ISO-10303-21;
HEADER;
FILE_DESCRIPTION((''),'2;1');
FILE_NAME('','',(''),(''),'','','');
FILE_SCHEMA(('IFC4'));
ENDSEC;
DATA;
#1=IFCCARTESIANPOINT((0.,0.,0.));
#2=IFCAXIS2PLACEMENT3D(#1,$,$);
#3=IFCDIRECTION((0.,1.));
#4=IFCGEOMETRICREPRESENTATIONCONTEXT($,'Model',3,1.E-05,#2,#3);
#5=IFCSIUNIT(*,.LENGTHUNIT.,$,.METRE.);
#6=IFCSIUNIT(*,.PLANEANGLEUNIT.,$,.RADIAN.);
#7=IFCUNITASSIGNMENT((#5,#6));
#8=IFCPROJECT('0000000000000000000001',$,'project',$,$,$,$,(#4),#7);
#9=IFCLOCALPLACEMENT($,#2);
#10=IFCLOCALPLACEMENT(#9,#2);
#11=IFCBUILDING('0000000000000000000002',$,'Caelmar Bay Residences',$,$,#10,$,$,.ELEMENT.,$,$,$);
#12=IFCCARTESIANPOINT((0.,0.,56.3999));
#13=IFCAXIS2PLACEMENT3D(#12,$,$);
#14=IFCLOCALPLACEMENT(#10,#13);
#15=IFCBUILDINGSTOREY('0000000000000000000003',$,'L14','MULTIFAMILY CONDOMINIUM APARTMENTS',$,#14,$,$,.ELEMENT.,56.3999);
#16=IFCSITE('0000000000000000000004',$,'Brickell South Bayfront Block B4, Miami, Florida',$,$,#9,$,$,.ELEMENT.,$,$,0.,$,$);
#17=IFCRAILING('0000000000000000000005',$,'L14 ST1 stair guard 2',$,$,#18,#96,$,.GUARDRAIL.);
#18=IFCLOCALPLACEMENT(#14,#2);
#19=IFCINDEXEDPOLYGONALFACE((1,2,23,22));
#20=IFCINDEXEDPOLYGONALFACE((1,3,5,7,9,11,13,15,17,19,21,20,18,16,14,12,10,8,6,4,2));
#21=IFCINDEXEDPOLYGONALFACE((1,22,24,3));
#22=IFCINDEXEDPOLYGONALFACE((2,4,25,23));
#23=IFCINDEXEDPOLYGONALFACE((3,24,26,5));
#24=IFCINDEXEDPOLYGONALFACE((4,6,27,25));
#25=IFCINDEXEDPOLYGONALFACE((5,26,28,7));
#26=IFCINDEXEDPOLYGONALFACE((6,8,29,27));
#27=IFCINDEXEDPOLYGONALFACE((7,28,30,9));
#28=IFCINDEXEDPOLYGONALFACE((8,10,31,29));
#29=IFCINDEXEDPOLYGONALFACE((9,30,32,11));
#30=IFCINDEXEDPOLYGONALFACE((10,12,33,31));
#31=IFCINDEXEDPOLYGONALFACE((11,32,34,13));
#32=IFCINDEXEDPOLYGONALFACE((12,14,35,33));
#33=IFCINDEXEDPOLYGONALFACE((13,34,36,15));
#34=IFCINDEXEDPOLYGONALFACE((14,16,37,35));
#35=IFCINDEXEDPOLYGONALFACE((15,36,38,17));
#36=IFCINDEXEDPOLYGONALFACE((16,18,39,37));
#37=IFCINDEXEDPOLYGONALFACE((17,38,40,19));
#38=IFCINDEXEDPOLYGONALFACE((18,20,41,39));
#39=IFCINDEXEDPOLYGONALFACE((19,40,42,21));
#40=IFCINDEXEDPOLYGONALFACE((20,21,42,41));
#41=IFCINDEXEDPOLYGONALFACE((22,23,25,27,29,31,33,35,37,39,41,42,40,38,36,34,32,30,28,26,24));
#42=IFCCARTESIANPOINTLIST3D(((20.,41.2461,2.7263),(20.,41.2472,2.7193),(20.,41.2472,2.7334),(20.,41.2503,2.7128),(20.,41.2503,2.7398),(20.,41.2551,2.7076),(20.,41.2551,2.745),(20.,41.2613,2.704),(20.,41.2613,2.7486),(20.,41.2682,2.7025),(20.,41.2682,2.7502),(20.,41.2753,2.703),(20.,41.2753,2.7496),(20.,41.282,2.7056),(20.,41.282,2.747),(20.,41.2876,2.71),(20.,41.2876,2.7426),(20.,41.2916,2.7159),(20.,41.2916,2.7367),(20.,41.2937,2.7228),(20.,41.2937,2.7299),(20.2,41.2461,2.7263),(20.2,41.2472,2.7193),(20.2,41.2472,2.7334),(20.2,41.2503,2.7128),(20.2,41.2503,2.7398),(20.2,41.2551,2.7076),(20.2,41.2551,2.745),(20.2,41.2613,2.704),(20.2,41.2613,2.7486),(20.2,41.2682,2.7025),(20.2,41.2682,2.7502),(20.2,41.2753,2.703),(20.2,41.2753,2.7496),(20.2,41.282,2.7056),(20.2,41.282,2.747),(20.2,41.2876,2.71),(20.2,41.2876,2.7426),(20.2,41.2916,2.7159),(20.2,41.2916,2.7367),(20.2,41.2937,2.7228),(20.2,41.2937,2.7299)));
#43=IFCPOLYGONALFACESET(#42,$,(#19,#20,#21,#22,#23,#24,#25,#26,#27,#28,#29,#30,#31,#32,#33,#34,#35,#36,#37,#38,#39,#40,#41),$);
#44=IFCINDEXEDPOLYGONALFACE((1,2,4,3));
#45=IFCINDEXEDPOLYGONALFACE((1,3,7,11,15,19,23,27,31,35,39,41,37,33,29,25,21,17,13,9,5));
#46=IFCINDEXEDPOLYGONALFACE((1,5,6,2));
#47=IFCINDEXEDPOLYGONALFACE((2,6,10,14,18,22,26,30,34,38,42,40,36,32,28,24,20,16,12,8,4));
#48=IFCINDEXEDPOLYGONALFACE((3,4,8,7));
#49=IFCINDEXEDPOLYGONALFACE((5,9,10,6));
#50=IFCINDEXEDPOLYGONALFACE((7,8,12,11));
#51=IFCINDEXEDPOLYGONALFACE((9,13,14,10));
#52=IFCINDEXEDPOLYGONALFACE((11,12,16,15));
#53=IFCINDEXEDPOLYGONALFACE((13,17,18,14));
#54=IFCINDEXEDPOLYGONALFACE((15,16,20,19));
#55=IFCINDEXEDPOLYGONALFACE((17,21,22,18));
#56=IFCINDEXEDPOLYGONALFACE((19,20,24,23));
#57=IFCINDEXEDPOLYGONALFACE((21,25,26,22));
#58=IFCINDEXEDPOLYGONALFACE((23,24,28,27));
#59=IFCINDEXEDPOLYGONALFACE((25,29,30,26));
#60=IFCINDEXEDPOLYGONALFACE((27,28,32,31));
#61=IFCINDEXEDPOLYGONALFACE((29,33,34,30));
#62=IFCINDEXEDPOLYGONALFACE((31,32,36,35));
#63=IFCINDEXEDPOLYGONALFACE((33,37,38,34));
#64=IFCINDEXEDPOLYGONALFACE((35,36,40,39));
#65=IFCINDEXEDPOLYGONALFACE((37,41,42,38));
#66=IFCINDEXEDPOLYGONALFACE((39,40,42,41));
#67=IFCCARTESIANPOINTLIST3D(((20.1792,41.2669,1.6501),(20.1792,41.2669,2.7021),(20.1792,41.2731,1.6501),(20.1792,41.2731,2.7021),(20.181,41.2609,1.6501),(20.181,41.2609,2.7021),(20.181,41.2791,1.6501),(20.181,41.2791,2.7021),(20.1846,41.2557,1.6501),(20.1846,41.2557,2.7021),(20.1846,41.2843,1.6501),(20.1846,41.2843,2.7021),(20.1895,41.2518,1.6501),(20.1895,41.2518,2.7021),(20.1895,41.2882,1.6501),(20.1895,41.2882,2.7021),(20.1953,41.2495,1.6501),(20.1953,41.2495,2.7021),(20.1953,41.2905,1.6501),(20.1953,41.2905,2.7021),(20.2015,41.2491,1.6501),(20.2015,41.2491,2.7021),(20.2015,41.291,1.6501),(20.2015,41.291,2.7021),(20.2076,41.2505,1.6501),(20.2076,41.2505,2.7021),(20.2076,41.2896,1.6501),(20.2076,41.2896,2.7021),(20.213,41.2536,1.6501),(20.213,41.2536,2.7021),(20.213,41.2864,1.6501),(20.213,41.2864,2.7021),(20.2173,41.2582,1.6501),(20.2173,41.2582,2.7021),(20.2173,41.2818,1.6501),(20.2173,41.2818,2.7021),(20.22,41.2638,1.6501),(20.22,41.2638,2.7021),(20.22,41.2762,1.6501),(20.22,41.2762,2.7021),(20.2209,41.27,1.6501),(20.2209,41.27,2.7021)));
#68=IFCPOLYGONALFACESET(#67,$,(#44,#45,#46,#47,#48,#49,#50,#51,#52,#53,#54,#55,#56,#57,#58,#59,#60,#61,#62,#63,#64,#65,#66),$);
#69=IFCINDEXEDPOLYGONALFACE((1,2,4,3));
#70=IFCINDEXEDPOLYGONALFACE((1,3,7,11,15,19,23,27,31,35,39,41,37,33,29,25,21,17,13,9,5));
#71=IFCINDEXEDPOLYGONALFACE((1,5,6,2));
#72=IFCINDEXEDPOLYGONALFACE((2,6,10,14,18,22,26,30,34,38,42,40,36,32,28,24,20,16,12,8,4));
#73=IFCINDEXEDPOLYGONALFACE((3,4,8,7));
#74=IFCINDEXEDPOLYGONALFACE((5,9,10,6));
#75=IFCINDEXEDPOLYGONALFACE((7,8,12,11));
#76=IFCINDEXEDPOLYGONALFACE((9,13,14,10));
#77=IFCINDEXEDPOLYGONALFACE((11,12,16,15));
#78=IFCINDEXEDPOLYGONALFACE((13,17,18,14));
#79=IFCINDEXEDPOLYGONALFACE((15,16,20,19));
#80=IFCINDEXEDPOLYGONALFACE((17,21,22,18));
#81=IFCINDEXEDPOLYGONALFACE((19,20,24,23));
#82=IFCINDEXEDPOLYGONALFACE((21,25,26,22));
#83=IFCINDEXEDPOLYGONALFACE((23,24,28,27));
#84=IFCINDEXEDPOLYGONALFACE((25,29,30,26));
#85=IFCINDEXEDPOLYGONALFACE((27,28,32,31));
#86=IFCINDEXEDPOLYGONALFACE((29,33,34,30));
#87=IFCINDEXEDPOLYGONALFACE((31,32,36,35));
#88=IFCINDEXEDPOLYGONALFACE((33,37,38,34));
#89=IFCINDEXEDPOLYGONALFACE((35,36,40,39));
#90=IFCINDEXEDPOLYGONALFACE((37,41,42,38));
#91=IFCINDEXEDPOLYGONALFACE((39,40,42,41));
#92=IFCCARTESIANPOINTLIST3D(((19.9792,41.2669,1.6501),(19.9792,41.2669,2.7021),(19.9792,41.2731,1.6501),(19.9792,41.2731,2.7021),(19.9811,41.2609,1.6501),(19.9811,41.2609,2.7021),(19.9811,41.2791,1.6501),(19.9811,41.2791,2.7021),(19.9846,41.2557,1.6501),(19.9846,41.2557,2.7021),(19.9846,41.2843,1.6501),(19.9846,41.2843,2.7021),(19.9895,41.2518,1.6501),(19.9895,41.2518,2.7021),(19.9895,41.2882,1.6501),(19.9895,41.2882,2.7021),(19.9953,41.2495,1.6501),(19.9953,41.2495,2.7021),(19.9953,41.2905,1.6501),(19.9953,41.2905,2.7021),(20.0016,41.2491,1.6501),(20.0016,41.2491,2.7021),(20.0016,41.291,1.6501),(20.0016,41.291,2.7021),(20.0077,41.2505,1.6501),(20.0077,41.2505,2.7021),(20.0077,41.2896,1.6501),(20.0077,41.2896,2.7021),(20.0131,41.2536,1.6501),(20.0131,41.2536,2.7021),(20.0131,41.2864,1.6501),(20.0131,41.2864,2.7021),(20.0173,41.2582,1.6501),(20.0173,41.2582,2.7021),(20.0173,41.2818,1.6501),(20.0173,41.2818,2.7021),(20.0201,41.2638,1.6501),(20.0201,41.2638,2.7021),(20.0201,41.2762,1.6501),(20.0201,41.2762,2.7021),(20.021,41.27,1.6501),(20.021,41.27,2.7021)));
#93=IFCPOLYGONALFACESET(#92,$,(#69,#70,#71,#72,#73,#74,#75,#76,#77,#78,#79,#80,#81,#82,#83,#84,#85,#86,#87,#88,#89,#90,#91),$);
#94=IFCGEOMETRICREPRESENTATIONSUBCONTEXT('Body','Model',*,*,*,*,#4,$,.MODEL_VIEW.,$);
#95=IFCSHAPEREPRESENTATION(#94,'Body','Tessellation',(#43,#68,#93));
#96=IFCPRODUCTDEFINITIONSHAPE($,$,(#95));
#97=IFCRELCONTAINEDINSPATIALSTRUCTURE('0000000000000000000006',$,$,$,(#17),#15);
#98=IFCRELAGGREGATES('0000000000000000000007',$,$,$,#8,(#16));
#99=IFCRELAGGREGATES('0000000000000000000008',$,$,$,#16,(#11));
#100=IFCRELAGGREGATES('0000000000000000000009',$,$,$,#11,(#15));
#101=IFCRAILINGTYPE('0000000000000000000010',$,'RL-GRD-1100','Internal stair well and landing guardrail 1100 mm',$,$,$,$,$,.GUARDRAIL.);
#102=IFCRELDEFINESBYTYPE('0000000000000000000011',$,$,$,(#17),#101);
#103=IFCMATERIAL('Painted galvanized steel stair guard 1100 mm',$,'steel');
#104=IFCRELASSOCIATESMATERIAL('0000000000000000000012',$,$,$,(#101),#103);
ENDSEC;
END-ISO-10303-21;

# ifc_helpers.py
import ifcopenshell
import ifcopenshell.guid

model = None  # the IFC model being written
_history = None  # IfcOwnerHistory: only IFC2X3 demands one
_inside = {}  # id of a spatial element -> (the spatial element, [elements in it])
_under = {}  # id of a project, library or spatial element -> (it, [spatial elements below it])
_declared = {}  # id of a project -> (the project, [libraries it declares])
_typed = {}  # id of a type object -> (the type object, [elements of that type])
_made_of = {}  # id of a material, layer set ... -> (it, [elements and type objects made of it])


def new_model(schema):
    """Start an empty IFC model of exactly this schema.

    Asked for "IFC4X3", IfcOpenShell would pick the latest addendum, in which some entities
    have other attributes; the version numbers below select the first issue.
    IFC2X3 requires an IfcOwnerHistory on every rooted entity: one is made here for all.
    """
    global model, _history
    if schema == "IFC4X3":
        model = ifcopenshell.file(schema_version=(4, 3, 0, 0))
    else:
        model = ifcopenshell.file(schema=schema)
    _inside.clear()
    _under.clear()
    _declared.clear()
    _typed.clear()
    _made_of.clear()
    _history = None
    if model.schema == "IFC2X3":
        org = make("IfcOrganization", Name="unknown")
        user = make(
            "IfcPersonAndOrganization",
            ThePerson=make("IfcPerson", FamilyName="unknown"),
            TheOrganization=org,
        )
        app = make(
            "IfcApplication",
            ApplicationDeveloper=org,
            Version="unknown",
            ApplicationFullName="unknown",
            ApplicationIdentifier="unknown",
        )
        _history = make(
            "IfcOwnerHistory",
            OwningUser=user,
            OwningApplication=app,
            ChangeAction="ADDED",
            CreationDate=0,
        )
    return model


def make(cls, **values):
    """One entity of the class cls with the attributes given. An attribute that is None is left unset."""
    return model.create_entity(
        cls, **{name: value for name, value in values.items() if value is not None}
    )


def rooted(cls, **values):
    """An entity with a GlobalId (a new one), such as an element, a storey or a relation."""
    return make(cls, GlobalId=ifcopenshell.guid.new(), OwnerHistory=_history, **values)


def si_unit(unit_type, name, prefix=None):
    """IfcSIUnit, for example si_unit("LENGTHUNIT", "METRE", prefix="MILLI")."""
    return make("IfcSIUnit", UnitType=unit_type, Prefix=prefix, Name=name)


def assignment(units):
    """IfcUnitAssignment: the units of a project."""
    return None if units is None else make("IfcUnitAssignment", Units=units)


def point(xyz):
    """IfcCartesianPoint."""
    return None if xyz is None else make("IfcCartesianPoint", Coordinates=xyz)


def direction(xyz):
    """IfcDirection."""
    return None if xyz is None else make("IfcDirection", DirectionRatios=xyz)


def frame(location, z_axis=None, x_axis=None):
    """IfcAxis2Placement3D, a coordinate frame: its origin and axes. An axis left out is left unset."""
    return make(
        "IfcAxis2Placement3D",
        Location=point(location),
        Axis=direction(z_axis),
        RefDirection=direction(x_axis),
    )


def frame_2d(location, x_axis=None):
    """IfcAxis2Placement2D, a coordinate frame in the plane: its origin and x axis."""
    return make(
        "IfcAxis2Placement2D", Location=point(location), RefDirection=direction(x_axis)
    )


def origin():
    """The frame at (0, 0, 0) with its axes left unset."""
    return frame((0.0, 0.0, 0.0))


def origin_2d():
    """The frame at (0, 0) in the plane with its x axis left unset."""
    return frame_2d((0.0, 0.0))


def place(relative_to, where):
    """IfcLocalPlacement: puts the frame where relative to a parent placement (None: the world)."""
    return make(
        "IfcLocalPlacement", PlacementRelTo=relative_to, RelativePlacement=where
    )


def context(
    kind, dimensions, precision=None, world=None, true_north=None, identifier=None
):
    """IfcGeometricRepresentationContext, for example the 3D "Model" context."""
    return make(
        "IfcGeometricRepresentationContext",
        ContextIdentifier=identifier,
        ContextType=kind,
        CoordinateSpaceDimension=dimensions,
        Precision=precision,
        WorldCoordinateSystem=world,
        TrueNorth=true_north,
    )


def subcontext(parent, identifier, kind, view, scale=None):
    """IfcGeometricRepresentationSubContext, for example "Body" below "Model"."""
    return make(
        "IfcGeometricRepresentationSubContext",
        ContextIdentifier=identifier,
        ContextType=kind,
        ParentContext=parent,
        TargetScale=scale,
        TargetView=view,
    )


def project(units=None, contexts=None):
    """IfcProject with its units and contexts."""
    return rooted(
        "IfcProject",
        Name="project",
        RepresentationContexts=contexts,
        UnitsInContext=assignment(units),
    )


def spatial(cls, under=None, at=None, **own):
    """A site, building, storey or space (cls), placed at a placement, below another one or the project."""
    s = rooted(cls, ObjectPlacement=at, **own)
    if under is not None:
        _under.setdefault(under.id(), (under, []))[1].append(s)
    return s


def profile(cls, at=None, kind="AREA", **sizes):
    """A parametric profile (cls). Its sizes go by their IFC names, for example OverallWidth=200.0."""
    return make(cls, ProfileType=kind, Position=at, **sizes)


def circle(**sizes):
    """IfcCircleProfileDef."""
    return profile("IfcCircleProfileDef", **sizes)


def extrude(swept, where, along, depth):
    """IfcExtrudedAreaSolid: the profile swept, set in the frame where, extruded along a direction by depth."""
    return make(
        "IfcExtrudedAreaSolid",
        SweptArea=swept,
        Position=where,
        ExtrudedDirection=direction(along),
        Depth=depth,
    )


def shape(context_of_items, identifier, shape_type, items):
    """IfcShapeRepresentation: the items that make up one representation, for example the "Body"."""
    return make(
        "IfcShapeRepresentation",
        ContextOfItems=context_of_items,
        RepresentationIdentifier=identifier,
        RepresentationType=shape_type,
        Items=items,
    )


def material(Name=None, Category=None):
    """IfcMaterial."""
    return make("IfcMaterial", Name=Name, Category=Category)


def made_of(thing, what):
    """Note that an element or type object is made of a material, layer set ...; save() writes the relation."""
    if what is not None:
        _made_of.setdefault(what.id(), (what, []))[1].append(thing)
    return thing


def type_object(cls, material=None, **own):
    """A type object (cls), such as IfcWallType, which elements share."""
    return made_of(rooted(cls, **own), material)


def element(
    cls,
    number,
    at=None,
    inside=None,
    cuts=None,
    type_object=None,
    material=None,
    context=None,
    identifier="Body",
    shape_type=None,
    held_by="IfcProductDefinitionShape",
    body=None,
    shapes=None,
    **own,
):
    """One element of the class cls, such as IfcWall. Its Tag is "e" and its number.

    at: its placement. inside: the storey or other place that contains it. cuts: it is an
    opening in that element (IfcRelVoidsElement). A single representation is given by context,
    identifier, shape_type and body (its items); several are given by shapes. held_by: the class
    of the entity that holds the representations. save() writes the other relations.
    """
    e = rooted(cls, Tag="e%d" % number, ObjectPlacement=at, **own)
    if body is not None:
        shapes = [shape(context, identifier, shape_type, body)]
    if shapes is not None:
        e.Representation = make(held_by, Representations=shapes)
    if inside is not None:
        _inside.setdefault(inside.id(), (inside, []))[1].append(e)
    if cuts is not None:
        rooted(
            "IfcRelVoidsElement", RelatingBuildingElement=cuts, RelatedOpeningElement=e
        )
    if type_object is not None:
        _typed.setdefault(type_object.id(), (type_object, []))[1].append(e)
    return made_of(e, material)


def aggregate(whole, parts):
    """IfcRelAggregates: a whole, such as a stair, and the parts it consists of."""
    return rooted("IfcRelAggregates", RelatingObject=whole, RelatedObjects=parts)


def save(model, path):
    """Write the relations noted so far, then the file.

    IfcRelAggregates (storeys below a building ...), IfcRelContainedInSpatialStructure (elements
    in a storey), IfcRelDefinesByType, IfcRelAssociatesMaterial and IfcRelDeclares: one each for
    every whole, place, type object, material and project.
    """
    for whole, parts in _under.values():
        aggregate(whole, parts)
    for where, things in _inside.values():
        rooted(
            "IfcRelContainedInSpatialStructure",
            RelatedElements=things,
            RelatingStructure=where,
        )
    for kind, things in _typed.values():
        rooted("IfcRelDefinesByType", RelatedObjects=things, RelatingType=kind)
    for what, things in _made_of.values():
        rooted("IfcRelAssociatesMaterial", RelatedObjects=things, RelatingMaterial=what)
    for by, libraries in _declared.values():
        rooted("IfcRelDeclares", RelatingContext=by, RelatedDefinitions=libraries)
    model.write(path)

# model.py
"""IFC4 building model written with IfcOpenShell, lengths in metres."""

from ifc_helpers import new_model, si_unit, direction, frame, origin, origin_2d, place, context, subcontext, project, spatial, circle, extrude, material, type_object, element, save


model = new_model("IFC4")

# Units and contexts
model_context = context("Model", 3, precision=1e-05, world=origin(), true_north=direction((0.0, 1.0)))
body_context = subcontext(model_context, "Body", "Model", "MODEL_VIEW")
ifc_project = project(units=[si_unit("LENGTHUNIT", "METRE"), si_unit("PLANEANGLEUNIT", "RADIAN")], contexts=[model_context])

# Site, building, storey
site_placement = place(None, origin())
site = spatial("IfcSite", under=ifc_project, at=site_placement, Name="Brickell South Bayfront Block B4, Miami, Florida", CompositionType="ELEMENT", RefElevation=0.0)
building_placement = place(site_placement, origin())
building = spatial("IfcBuilding", under=site, at=building_placement, Name="Caelmar Bay Residences", CompositionType="ELEMENT")
storey_placement = place(building_placement, frame((0.0, 0.0, 56.3999)))
storey = spatial("IfcBuildingStorey", under=building, at=storey_placement, Name="L14", Description="MULTIFAMILY CONDOMINIUM APARTMENTS", CompositionType="ELEMENT", Elevation=56.3999)

# Railing
ifc_material_1 = material(Name="Painted galvanized steel stair guard 1100 mm", Category="steel")
railing_type_1 = type_object("IfcRailingType", Name="RL-GRD-1100", Description="Internal stair well and landing guardrail 1100 mm", PredefinedType="GUARDRAIL", material=ifc_material_1)
railing_1_placement = place(storey_placement, frame((20.2, 41.27, 1.6501)))
element("IfcRailing", 1, at=railing_1_placement, inside=storey, type_object=railing_type_1, Name="L14 ST1 stair guard 2", PredefinedType="GUARDRAIL", context=body_context, shape_type="SweptSolid", body=[
    extrude(circle(Radius=0.0239, at=origin_2d()), frame((0.0, 0.0, 1.0762), z_axis=(-1.0, 0.0, 0.0), x_axis=(0.0, -1.0, 0.0)), (0.0, 0.0, 1.0), 0.2),
    extrude(circle(Radius=0.021, at=origin_2d()), origin(), (0.0, 0.0, 1.0), 1.052),
    extrude(circle(Radius=0.021, at=origin_2d()), frame((-0.2, 0.0, 0.0)), (0.0, 0.0, 1.0), 1.052),
])

save(model, "model.ifc")
